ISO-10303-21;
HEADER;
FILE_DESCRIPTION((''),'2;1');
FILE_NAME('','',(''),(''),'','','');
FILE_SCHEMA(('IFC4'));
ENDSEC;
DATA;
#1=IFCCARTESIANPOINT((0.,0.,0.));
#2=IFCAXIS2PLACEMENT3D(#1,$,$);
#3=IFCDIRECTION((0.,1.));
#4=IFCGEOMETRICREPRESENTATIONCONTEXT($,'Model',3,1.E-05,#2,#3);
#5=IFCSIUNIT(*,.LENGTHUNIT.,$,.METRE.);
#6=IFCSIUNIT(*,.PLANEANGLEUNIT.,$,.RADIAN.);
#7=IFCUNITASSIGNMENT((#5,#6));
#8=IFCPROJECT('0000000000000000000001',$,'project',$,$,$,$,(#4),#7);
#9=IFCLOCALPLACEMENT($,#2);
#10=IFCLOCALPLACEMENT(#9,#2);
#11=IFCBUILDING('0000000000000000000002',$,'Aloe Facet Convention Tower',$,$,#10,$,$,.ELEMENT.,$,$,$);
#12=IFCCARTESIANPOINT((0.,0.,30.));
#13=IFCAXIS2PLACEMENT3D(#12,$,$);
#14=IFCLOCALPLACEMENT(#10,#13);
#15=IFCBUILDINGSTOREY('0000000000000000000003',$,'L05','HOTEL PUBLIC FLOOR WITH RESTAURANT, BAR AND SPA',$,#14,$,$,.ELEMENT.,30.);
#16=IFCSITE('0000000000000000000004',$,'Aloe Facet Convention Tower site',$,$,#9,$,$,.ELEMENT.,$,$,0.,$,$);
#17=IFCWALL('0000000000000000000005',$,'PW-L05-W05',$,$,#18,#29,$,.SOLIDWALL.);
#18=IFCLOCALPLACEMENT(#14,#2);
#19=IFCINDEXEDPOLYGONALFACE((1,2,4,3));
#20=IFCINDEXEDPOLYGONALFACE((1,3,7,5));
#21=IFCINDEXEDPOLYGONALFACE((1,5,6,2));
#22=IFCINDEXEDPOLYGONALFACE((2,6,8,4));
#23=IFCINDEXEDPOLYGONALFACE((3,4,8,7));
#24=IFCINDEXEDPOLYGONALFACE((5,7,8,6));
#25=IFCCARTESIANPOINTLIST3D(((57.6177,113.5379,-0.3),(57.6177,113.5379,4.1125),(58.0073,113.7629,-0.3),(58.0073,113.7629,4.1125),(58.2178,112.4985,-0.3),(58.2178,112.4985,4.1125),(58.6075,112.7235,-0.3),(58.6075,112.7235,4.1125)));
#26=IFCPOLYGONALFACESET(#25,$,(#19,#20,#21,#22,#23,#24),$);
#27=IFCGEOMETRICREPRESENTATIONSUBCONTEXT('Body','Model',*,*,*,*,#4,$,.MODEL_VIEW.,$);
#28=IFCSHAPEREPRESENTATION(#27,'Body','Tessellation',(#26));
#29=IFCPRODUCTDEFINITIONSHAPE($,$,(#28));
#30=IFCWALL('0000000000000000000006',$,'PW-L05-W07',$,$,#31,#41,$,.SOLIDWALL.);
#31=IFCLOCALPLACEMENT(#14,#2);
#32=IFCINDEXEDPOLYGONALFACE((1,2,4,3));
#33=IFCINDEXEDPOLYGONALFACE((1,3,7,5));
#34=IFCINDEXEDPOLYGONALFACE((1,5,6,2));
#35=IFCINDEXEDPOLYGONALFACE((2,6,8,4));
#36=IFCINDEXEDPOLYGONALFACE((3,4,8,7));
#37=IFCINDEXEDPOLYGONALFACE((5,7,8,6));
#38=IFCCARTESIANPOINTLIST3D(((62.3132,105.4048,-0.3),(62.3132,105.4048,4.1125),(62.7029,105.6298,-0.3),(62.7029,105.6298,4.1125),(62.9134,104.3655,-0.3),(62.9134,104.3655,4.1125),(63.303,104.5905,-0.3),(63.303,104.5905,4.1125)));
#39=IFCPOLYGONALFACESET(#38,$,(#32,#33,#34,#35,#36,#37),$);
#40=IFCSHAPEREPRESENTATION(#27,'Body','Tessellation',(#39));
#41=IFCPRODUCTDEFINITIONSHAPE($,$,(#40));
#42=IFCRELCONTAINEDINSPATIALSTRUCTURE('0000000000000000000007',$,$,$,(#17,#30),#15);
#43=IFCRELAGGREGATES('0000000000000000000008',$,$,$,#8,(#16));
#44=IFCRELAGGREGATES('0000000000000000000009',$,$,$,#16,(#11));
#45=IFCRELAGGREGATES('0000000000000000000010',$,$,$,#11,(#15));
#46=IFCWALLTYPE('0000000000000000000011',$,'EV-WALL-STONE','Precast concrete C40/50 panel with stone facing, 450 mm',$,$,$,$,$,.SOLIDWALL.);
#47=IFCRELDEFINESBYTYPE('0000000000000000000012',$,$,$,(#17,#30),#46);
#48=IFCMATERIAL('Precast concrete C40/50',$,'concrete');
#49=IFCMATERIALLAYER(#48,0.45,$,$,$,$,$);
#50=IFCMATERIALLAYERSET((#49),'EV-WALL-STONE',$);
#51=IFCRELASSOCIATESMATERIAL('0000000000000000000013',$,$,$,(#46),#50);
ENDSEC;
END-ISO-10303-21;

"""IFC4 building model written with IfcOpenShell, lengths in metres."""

from ifc_helpers import new_model, si_unit, direction, frame, frame_2d, origin, place, context, subcontext, project, spatial, rectangle, extrude, material, layer, layer_set, type_object, element, save


model = new_model("IFC4")

# Units and contexts
model_context = context("Model", 3, precision=1e-05, world=origin(), true_north=direction((0.0, 1.0)))
body_context = subcontext(model_context, "Body", "Model", "MODEL_VIEW")
ifc_project = project(units=[si_unit("LENGTHUNIT", "METRE"), si_unit("PLANEANGLEUNIT", "RADIAN")], contexts=[model_context])

# Site, building, storey
site_placement = place(None, origin())
site = spatial("IfcSite", under=ifc_project, at=site_placement, Name="Aloe Facet Convention Tower site", CompositionType="ELEMENT", RefElevation=0.0)
building_placement = place(site_placement, origin())
building = spatial("IfcBuilding", under=site, at=building_placement, Name="Aloe Facet Convention Tower", CompositionType="ELEMENT")
storey_placement = place(building_placement, frame((0.0, 0.0, 30.0)))
storey = spatial("IfcBuildingStorey", under=building, at=storey_placement, Name="L05", Description="HOTEL PUBLIC FLOOR WITH RESTAURANT, BAR AND SPA", CompositionType="ELEMENT", Elevation=30.0)

# Walls
ifc_material_1 = material(Name="Precast concrete C40/50", Category="concrete")
ifc_layer_1 = layer(ifc_material_1, 0.45)
ifc_layer_set_1 = layer_set([ifc_layer_1], Name="EV-WALL-STONE")
wall_type = type_object("IfcWallType", Name="EV-WALL-STONE", Description="Precast concrete C40/50 panel with stone facing, 450 mm", PredefinedType="SOLIDWALL", material=ifc_layer_set_1)
for number, where, z_axis, x_axis, name in (
    (1, (57.8125, 113.6504, -0.3), (0.0, 0.0, 1.0), (0.500034, -0.866006, 0.0), "PW-L05-W05"),
    (2, (62.5081, 105.5173, -0.3), (0.0, 0.0, 1.0), (0.500034, -0.866006, 0.0), "PW-L05-W07"),
):
    element("IfcWall", number, at=place(storey_placement, frame(where, z_axis=z_axis, x_axis=x_axis)), inside=storey, type_object=wall_type, Name=name, PredefinedType="SOLIDWALL", context=body_context, shape_type="SweptSolid", body=[
        extrude(rectangle(XDim=1.2002, YDim=0.45, at=frame_2d((0.6001, 0.0))), origin(), (0.0, 0.0, 1.0), 4.4126),
    ])

save(model, "model.ifc")
